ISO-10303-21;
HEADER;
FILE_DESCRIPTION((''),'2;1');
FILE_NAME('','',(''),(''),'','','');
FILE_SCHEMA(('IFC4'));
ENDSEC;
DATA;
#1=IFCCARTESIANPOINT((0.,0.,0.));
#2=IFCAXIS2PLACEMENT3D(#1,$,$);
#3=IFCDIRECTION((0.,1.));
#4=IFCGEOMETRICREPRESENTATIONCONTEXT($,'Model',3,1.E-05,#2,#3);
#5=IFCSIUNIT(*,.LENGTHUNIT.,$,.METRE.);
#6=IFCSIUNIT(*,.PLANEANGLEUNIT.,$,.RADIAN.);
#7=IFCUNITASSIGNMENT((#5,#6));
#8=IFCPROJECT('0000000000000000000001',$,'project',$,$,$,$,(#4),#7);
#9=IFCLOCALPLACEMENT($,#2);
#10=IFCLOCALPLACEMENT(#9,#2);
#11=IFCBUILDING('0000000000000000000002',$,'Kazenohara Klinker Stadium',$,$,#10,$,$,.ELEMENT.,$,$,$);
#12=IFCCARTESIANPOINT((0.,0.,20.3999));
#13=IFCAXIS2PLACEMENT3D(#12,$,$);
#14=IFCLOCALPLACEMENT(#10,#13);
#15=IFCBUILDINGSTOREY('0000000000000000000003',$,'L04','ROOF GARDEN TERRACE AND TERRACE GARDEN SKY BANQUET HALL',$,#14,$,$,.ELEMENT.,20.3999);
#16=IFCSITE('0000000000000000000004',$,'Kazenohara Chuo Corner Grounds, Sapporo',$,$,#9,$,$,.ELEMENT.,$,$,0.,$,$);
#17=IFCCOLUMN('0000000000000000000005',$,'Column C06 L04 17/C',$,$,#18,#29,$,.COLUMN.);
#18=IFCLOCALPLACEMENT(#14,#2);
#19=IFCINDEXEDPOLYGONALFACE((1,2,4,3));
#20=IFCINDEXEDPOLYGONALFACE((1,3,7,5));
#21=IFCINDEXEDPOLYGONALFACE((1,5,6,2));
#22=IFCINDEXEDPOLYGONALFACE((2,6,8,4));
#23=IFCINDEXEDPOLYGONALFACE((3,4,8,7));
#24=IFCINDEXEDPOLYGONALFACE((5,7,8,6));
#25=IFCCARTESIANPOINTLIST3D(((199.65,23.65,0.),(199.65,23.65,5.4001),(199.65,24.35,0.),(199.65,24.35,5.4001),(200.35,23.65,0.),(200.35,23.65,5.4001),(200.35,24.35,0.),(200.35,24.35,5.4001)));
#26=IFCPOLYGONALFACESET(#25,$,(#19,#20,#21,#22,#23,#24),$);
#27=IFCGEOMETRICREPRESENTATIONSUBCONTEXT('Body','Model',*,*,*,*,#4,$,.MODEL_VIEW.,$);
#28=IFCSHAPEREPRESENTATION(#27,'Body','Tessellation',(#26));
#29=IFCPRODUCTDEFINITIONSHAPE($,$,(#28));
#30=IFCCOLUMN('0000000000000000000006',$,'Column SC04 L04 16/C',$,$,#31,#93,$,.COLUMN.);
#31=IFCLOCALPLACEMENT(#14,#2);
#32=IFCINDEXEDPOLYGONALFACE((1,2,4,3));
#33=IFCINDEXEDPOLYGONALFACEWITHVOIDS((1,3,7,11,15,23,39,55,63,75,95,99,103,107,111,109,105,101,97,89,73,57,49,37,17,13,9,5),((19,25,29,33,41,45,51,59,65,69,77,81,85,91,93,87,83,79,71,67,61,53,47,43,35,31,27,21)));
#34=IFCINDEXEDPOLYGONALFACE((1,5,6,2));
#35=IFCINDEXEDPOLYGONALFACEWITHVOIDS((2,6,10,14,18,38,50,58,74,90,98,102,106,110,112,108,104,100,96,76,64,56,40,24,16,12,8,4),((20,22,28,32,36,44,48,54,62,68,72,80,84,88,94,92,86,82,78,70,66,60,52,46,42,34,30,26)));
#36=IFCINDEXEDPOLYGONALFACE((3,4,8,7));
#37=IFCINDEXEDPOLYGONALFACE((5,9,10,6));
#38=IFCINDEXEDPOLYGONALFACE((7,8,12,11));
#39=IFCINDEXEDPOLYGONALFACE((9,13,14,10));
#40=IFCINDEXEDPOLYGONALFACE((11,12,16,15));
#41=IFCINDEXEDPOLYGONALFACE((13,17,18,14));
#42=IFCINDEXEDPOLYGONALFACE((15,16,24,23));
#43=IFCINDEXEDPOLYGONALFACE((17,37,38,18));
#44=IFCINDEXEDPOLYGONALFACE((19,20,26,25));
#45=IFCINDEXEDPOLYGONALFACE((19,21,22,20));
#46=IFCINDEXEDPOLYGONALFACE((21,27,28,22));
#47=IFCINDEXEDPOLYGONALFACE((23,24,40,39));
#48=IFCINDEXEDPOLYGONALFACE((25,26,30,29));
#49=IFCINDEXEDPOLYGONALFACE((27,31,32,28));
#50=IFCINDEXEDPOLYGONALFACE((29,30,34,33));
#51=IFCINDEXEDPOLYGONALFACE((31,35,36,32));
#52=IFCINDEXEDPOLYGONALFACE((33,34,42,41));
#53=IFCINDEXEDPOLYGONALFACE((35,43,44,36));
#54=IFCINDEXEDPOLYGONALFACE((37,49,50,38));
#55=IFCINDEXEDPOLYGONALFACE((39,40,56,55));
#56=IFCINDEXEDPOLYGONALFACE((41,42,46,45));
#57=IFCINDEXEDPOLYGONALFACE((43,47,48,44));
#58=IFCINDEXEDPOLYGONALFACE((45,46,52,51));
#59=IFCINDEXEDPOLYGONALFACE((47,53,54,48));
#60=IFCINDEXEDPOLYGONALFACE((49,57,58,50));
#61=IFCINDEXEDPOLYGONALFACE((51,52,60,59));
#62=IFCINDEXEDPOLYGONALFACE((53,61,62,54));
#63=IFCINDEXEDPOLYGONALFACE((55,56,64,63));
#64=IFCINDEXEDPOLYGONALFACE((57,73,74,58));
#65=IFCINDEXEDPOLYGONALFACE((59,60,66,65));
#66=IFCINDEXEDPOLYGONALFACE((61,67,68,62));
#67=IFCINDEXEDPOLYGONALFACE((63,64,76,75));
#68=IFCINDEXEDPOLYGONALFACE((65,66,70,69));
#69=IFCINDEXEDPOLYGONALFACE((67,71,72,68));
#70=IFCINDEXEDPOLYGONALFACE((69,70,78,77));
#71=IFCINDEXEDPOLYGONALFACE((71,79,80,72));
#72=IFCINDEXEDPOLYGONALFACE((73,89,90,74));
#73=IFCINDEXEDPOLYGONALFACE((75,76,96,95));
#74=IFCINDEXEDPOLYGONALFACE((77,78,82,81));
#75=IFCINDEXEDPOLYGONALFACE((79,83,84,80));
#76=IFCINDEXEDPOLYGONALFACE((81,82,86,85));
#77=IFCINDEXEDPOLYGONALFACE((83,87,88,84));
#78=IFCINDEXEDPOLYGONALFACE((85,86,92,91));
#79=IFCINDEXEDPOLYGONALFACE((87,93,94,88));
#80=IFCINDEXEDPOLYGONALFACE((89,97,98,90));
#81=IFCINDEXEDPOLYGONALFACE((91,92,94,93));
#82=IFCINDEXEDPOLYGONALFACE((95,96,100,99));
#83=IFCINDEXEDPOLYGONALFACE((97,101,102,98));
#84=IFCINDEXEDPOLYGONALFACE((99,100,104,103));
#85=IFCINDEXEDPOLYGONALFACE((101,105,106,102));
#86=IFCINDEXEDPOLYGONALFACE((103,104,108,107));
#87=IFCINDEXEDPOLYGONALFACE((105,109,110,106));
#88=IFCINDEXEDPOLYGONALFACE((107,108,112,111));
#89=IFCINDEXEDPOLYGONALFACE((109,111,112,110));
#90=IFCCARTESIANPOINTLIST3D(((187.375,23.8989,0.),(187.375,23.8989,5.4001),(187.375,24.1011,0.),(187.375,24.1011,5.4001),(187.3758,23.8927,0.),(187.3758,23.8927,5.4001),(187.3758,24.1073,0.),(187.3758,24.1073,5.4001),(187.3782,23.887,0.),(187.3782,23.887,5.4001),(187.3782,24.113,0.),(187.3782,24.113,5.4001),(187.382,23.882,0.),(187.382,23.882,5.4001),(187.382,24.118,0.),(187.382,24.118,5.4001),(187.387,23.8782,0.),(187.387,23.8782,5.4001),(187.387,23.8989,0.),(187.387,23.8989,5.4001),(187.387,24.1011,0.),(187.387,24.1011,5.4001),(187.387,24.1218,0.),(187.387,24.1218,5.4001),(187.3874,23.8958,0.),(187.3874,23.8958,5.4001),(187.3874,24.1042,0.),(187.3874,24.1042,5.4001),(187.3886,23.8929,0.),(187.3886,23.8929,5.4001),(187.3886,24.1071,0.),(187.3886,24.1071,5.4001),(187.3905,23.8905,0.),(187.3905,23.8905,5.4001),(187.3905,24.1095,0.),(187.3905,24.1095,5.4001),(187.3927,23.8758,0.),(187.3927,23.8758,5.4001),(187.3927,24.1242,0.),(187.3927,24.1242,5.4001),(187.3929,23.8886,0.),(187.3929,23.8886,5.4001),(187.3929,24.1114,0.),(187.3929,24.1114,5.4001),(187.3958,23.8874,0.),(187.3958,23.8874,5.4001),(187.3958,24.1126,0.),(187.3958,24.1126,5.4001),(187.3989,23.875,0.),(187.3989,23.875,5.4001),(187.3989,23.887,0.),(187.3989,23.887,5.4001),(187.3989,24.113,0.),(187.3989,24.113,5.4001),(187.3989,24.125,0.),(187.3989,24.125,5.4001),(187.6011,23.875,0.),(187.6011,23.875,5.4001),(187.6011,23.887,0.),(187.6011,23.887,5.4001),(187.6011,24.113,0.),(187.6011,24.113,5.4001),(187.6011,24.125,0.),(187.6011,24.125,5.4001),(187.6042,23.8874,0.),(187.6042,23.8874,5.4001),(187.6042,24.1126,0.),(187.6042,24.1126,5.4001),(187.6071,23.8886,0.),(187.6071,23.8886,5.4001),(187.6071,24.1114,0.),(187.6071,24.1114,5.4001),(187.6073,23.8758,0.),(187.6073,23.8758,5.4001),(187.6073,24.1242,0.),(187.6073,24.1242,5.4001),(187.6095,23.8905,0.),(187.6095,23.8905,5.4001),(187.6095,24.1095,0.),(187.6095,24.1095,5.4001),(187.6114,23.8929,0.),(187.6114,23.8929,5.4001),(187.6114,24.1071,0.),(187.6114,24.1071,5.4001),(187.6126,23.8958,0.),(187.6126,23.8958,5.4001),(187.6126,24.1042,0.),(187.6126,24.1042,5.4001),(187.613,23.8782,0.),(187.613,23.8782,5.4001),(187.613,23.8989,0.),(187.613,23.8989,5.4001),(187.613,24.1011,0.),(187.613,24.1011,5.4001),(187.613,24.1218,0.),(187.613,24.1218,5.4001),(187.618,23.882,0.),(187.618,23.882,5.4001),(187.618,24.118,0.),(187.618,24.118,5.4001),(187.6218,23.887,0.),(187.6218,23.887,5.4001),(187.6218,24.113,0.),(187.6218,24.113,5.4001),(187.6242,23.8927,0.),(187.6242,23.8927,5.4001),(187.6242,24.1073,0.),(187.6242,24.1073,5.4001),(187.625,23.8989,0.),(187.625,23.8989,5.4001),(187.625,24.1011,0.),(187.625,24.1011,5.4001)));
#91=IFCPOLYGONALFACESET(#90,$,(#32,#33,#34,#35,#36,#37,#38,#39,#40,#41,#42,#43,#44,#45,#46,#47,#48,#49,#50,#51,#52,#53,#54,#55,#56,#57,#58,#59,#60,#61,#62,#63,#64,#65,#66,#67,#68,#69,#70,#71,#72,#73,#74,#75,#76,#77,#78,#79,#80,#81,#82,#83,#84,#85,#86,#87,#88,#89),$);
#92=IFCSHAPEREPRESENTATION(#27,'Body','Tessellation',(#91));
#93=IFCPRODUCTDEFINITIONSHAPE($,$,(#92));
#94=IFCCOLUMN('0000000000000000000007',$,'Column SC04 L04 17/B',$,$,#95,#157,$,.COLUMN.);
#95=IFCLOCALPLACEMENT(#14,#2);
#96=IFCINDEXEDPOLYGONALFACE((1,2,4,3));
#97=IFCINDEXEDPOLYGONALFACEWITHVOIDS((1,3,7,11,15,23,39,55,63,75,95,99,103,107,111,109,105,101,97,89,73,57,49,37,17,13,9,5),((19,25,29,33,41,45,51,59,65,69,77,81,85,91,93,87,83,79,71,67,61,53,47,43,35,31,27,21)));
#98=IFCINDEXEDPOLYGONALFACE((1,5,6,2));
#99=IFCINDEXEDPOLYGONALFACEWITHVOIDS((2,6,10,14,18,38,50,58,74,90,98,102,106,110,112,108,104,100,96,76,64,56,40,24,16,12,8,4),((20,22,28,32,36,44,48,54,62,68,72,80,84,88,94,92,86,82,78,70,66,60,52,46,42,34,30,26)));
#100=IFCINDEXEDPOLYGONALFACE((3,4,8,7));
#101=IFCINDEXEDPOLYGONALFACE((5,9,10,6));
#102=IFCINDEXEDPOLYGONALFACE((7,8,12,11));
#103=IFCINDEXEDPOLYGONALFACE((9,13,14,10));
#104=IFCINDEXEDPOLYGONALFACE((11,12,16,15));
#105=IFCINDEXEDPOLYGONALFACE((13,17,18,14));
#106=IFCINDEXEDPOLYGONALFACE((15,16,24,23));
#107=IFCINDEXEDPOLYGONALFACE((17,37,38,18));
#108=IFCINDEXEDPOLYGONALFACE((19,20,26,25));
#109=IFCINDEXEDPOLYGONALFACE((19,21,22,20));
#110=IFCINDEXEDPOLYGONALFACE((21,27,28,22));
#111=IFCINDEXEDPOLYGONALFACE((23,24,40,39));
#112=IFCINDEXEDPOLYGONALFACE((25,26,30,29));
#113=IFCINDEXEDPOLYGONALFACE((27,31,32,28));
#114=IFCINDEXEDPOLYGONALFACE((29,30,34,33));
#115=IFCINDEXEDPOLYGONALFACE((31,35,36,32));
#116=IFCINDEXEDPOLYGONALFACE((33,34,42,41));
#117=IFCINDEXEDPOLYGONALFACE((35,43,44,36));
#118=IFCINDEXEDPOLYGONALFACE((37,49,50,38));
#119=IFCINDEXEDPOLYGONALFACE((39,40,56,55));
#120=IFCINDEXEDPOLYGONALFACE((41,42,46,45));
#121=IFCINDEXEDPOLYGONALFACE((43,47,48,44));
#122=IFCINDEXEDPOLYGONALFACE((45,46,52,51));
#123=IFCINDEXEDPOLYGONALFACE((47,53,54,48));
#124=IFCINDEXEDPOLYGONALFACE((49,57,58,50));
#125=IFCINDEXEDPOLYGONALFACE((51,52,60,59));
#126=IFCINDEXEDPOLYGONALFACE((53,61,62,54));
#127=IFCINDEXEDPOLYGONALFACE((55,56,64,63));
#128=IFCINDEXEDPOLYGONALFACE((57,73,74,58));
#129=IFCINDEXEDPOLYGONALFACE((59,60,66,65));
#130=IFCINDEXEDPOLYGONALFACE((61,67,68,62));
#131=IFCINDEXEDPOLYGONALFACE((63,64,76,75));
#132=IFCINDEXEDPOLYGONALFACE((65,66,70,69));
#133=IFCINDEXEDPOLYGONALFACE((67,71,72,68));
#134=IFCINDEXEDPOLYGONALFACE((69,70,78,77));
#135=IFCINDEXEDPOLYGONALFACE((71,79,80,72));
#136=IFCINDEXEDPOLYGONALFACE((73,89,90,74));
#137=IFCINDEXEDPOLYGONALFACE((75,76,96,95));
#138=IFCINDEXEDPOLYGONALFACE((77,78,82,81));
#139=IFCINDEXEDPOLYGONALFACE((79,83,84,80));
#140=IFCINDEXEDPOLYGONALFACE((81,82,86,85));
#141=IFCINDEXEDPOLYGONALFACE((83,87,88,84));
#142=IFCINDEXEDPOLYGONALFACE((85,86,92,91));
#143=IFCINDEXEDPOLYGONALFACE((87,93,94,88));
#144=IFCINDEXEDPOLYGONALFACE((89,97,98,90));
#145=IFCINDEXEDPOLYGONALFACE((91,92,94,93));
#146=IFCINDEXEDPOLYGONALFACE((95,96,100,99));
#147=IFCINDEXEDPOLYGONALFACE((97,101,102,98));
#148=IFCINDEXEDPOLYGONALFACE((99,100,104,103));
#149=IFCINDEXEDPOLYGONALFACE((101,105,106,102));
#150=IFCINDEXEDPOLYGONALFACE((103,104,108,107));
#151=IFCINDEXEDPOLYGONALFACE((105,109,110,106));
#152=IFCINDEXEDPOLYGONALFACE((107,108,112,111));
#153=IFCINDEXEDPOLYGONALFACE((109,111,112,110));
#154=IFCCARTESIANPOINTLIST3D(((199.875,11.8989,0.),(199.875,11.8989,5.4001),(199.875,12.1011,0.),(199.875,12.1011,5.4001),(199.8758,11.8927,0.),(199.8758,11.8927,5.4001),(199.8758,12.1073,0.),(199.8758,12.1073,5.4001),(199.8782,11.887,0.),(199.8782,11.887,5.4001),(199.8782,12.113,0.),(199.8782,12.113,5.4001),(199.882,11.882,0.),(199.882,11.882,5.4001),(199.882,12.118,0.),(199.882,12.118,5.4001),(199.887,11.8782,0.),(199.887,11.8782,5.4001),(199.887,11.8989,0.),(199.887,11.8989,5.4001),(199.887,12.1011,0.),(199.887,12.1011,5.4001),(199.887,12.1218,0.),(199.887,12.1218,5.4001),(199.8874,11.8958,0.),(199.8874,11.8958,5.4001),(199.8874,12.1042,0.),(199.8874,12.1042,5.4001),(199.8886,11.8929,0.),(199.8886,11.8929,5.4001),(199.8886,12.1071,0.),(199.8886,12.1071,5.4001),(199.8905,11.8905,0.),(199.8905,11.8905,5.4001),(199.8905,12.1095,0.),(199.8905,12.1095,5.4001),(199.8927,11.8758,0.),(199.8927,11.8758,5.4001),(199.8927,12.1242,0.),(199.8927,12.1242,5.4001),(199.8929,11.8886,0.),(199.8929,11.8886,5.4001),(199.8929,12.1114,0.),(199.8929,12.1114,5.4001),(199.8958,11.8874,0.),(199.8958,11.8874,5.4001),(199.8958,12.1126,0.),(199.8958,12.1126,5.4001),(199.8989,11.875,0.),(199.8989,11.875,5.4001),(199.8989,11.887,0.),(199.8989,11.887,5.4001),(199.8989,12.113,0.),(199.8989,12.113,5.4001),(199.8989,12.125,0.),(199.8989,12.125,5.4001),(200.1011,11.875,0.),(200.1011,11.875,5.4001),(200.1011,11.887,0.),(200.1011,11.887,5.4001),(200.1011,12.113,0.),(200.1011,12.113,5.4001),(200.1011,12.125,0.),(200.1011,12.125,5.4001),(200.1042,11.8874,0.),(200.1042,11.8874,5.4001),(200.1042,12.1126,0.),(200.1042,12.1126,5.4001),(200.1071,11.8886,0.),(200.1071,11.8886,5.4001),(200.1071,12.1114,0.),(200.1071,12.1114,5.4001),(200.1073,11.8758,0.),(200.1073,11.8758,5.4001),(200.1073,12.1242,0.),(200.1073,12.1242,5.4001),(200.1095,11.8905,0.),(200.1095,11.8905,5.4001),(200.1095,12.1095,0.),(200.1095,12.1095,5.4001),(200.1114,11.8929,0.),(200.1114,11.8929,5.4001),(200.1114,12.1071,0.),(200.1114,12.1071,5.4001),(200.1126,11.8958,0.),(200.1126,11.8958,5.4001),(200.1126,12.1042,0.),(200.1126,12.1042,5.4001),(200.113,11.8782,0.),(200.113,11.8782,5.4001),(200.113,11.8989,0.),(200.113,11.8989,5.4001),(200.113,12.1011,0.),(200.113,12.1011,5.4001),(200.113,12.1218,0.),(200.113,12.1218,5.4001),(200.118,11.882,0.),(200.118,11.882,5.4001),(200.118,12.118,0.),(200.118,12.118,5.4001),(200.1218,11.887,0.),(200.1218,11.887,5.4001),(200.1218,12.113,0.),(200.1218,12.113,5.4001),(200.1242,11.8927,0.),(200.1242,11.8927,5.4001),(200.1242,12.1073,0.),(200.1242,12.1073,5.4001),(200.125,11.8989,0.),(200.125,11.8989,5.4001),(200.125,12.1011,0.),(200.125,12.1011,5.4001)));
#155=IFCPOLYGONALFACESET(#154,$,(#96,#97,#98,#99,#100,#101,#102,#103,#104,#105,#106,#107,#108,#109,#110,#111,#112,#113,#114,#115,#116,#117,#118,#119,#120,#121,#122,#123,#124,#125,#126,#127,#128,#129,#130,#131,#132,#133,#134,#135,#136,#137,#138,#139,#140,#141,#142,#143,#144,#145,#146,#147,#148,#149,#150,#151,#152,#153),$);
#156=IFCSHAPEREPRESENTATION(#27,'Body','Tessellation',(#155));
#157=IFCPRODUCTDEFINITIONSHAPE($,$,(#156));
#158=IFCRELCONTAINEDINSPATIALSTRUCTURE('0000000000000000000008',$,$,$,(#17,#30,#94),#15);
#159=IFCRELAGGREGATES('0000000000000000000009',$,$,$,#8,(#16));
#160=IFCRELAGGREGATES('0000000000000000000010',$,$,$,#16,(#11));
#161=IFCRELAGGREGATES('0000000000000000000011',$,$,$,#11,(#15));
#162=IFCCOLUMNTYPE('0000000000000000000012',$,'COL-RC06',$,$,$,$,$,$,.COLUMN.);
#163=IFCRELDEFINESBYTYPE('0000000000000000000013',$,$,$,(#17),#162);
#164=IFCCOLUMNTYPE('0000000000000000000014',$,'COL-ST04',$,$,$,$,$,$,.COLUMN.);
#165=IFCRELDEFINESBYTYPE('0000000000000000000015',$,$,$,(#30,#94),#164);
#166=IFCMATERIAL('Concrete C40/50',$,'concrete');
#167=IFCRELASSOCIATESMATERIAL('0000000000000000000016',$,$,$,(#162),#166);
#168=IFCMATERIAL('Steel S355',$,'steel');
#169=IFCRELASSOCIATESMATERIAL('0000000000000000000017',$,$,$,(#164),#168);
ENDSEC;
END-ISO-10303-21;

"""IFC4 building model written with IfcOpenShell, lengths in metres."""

from ifc_helpers import new_model, si_unit, direction, frame, origin, origin_2d, place, context, subcontext, project, spatial, rectangle, hollow_rectangle, extrude, material, material_profile, profile_set, type_object, element, save


model = new_model("IFC4")

# Units and contexts
model_context = context("Model", 3, precision=1e-05, world=origin(), true_north=direction((0.0, 1.0)))
body_context = subcontext(model_context, "Body", "Model", "MODEL_VIEW")
ifc_project = project(units=[si_unit("LENGTHUNIT", "METRE"), si_unit("PLANEANGLEUNIT", "RADIAN")], contexts=[model_context])

# Site, building, storey
site_placement = place(None, origin())
site = spatial("IfcSite", under=ifc_project, at=site_placement, Name="Kazenohara Chuo Corner Grounds, Sapporo", CompositionType="ELEMENT", RefElevation=0.0)
building_placement = place(site_placement, origin())
building = spatial("IfcBuilding", under=site, at=building_placement, Name="Kazenohara Klinker Stadium", CompositionType="ELEMENT")
storey_placement = place(building_placement, frame((0.0, 0.0, 20.3999)))
storey = spatial("IfcBuildingStorey", under=building, at=storey_placement, Name="L04", Description="ROOF GARDEN TERRACE AND TERRACE GARDEN SKY BANQUET HALL", CompositionType="ELEMENT", Elevation=20.3999)

# Columns
ifc_material_1 = material(Name="Concrete C40/50", Category="concrete")
ifc_material_profile_1 = material_profile(ifc_material_1, rectangle(XDim=0.7, YDim=0.7, at=origin_2d()), Name="RC-COL-700x700")
ifc_profile_set_1 = profile_set([ifc_material_profile_1], Name="Concrete C40/50")
column_type_1 = type_object("IfcColumnType", Name="COL-RC06", PredefinedType="COLUMN", material=ifc_profile_set_1)
column_placement = place(storey_placement, frame((200.0, 24.0, 0.0), z_axis=(0.0, 0.0, 1.0), x_axis=(1.0, 0.0, 0.0)))
element("IfcColumn", 1, at=column_placement, inside=storey, type_object=column_type_1, Name="Column C06 L04 17/C", PredefinedType="COLUMN", context=body_context, shape_type="SweptSolid", body=[
    extrude(rectangle(XDim=0.7, YDim=0.7, at=origin_2d()), origin(), (0.0, 0.0, 1.0), 5.4001),
])
ifc_material_2 = material(Name="Steel S355", Category="steel")
ifc_material_profile_2 = material_profile(ifc_material_2, hollow_rectangle(XDim=0.25, YDim=0.25, WallThickness=0.012, InnerFilletRadius=0.012, OuterFilletRadius=0.0239, at=origin_2d()), Name="SHS-250x250x12")
ifc_profile_set_2 = profile_set([ifc_material_profile_2], Name="Steel S355")
column_type_2 = type_object("IfcColumnType", Name="COL-ST04", PredefinedType="COLUMN", material=ifc_profile_set_2)
for number, where, z_axis, x_axis, name in (
    (2, (187.5, 24.0, 0.0), (0.0, 0.0, 1.0), (1.0, 0.0, 0.0), "Column SC04 L04 16/C"),
    (3, (200.0, 12.0, 0.0), (0.0, 0.0, 1.0), (1.0, 0.0, 0.0), "Column SC04 L04 17/B"),
):
    element("IfcColumn", number, at=place(storey_placement, frame(where, z_axis=z_axis, x_axis=x_axis)), inside=storey, type_object=column_type_2, Name=name, PredefinedType="COLUMN", context=body_context, shape_type="SweptSolid", body=[
        extrude(hollow_rectangle(XDim=0.25, YDim=0.25, WallThickness=0.012, InnerFilletRadius=0.012, OuterFilletRadius=0.0239, at=origin_2d()), origin(), (0.0, 0.0, 1.0), 5.4001),
    ])

save(model, "model.ifc")
